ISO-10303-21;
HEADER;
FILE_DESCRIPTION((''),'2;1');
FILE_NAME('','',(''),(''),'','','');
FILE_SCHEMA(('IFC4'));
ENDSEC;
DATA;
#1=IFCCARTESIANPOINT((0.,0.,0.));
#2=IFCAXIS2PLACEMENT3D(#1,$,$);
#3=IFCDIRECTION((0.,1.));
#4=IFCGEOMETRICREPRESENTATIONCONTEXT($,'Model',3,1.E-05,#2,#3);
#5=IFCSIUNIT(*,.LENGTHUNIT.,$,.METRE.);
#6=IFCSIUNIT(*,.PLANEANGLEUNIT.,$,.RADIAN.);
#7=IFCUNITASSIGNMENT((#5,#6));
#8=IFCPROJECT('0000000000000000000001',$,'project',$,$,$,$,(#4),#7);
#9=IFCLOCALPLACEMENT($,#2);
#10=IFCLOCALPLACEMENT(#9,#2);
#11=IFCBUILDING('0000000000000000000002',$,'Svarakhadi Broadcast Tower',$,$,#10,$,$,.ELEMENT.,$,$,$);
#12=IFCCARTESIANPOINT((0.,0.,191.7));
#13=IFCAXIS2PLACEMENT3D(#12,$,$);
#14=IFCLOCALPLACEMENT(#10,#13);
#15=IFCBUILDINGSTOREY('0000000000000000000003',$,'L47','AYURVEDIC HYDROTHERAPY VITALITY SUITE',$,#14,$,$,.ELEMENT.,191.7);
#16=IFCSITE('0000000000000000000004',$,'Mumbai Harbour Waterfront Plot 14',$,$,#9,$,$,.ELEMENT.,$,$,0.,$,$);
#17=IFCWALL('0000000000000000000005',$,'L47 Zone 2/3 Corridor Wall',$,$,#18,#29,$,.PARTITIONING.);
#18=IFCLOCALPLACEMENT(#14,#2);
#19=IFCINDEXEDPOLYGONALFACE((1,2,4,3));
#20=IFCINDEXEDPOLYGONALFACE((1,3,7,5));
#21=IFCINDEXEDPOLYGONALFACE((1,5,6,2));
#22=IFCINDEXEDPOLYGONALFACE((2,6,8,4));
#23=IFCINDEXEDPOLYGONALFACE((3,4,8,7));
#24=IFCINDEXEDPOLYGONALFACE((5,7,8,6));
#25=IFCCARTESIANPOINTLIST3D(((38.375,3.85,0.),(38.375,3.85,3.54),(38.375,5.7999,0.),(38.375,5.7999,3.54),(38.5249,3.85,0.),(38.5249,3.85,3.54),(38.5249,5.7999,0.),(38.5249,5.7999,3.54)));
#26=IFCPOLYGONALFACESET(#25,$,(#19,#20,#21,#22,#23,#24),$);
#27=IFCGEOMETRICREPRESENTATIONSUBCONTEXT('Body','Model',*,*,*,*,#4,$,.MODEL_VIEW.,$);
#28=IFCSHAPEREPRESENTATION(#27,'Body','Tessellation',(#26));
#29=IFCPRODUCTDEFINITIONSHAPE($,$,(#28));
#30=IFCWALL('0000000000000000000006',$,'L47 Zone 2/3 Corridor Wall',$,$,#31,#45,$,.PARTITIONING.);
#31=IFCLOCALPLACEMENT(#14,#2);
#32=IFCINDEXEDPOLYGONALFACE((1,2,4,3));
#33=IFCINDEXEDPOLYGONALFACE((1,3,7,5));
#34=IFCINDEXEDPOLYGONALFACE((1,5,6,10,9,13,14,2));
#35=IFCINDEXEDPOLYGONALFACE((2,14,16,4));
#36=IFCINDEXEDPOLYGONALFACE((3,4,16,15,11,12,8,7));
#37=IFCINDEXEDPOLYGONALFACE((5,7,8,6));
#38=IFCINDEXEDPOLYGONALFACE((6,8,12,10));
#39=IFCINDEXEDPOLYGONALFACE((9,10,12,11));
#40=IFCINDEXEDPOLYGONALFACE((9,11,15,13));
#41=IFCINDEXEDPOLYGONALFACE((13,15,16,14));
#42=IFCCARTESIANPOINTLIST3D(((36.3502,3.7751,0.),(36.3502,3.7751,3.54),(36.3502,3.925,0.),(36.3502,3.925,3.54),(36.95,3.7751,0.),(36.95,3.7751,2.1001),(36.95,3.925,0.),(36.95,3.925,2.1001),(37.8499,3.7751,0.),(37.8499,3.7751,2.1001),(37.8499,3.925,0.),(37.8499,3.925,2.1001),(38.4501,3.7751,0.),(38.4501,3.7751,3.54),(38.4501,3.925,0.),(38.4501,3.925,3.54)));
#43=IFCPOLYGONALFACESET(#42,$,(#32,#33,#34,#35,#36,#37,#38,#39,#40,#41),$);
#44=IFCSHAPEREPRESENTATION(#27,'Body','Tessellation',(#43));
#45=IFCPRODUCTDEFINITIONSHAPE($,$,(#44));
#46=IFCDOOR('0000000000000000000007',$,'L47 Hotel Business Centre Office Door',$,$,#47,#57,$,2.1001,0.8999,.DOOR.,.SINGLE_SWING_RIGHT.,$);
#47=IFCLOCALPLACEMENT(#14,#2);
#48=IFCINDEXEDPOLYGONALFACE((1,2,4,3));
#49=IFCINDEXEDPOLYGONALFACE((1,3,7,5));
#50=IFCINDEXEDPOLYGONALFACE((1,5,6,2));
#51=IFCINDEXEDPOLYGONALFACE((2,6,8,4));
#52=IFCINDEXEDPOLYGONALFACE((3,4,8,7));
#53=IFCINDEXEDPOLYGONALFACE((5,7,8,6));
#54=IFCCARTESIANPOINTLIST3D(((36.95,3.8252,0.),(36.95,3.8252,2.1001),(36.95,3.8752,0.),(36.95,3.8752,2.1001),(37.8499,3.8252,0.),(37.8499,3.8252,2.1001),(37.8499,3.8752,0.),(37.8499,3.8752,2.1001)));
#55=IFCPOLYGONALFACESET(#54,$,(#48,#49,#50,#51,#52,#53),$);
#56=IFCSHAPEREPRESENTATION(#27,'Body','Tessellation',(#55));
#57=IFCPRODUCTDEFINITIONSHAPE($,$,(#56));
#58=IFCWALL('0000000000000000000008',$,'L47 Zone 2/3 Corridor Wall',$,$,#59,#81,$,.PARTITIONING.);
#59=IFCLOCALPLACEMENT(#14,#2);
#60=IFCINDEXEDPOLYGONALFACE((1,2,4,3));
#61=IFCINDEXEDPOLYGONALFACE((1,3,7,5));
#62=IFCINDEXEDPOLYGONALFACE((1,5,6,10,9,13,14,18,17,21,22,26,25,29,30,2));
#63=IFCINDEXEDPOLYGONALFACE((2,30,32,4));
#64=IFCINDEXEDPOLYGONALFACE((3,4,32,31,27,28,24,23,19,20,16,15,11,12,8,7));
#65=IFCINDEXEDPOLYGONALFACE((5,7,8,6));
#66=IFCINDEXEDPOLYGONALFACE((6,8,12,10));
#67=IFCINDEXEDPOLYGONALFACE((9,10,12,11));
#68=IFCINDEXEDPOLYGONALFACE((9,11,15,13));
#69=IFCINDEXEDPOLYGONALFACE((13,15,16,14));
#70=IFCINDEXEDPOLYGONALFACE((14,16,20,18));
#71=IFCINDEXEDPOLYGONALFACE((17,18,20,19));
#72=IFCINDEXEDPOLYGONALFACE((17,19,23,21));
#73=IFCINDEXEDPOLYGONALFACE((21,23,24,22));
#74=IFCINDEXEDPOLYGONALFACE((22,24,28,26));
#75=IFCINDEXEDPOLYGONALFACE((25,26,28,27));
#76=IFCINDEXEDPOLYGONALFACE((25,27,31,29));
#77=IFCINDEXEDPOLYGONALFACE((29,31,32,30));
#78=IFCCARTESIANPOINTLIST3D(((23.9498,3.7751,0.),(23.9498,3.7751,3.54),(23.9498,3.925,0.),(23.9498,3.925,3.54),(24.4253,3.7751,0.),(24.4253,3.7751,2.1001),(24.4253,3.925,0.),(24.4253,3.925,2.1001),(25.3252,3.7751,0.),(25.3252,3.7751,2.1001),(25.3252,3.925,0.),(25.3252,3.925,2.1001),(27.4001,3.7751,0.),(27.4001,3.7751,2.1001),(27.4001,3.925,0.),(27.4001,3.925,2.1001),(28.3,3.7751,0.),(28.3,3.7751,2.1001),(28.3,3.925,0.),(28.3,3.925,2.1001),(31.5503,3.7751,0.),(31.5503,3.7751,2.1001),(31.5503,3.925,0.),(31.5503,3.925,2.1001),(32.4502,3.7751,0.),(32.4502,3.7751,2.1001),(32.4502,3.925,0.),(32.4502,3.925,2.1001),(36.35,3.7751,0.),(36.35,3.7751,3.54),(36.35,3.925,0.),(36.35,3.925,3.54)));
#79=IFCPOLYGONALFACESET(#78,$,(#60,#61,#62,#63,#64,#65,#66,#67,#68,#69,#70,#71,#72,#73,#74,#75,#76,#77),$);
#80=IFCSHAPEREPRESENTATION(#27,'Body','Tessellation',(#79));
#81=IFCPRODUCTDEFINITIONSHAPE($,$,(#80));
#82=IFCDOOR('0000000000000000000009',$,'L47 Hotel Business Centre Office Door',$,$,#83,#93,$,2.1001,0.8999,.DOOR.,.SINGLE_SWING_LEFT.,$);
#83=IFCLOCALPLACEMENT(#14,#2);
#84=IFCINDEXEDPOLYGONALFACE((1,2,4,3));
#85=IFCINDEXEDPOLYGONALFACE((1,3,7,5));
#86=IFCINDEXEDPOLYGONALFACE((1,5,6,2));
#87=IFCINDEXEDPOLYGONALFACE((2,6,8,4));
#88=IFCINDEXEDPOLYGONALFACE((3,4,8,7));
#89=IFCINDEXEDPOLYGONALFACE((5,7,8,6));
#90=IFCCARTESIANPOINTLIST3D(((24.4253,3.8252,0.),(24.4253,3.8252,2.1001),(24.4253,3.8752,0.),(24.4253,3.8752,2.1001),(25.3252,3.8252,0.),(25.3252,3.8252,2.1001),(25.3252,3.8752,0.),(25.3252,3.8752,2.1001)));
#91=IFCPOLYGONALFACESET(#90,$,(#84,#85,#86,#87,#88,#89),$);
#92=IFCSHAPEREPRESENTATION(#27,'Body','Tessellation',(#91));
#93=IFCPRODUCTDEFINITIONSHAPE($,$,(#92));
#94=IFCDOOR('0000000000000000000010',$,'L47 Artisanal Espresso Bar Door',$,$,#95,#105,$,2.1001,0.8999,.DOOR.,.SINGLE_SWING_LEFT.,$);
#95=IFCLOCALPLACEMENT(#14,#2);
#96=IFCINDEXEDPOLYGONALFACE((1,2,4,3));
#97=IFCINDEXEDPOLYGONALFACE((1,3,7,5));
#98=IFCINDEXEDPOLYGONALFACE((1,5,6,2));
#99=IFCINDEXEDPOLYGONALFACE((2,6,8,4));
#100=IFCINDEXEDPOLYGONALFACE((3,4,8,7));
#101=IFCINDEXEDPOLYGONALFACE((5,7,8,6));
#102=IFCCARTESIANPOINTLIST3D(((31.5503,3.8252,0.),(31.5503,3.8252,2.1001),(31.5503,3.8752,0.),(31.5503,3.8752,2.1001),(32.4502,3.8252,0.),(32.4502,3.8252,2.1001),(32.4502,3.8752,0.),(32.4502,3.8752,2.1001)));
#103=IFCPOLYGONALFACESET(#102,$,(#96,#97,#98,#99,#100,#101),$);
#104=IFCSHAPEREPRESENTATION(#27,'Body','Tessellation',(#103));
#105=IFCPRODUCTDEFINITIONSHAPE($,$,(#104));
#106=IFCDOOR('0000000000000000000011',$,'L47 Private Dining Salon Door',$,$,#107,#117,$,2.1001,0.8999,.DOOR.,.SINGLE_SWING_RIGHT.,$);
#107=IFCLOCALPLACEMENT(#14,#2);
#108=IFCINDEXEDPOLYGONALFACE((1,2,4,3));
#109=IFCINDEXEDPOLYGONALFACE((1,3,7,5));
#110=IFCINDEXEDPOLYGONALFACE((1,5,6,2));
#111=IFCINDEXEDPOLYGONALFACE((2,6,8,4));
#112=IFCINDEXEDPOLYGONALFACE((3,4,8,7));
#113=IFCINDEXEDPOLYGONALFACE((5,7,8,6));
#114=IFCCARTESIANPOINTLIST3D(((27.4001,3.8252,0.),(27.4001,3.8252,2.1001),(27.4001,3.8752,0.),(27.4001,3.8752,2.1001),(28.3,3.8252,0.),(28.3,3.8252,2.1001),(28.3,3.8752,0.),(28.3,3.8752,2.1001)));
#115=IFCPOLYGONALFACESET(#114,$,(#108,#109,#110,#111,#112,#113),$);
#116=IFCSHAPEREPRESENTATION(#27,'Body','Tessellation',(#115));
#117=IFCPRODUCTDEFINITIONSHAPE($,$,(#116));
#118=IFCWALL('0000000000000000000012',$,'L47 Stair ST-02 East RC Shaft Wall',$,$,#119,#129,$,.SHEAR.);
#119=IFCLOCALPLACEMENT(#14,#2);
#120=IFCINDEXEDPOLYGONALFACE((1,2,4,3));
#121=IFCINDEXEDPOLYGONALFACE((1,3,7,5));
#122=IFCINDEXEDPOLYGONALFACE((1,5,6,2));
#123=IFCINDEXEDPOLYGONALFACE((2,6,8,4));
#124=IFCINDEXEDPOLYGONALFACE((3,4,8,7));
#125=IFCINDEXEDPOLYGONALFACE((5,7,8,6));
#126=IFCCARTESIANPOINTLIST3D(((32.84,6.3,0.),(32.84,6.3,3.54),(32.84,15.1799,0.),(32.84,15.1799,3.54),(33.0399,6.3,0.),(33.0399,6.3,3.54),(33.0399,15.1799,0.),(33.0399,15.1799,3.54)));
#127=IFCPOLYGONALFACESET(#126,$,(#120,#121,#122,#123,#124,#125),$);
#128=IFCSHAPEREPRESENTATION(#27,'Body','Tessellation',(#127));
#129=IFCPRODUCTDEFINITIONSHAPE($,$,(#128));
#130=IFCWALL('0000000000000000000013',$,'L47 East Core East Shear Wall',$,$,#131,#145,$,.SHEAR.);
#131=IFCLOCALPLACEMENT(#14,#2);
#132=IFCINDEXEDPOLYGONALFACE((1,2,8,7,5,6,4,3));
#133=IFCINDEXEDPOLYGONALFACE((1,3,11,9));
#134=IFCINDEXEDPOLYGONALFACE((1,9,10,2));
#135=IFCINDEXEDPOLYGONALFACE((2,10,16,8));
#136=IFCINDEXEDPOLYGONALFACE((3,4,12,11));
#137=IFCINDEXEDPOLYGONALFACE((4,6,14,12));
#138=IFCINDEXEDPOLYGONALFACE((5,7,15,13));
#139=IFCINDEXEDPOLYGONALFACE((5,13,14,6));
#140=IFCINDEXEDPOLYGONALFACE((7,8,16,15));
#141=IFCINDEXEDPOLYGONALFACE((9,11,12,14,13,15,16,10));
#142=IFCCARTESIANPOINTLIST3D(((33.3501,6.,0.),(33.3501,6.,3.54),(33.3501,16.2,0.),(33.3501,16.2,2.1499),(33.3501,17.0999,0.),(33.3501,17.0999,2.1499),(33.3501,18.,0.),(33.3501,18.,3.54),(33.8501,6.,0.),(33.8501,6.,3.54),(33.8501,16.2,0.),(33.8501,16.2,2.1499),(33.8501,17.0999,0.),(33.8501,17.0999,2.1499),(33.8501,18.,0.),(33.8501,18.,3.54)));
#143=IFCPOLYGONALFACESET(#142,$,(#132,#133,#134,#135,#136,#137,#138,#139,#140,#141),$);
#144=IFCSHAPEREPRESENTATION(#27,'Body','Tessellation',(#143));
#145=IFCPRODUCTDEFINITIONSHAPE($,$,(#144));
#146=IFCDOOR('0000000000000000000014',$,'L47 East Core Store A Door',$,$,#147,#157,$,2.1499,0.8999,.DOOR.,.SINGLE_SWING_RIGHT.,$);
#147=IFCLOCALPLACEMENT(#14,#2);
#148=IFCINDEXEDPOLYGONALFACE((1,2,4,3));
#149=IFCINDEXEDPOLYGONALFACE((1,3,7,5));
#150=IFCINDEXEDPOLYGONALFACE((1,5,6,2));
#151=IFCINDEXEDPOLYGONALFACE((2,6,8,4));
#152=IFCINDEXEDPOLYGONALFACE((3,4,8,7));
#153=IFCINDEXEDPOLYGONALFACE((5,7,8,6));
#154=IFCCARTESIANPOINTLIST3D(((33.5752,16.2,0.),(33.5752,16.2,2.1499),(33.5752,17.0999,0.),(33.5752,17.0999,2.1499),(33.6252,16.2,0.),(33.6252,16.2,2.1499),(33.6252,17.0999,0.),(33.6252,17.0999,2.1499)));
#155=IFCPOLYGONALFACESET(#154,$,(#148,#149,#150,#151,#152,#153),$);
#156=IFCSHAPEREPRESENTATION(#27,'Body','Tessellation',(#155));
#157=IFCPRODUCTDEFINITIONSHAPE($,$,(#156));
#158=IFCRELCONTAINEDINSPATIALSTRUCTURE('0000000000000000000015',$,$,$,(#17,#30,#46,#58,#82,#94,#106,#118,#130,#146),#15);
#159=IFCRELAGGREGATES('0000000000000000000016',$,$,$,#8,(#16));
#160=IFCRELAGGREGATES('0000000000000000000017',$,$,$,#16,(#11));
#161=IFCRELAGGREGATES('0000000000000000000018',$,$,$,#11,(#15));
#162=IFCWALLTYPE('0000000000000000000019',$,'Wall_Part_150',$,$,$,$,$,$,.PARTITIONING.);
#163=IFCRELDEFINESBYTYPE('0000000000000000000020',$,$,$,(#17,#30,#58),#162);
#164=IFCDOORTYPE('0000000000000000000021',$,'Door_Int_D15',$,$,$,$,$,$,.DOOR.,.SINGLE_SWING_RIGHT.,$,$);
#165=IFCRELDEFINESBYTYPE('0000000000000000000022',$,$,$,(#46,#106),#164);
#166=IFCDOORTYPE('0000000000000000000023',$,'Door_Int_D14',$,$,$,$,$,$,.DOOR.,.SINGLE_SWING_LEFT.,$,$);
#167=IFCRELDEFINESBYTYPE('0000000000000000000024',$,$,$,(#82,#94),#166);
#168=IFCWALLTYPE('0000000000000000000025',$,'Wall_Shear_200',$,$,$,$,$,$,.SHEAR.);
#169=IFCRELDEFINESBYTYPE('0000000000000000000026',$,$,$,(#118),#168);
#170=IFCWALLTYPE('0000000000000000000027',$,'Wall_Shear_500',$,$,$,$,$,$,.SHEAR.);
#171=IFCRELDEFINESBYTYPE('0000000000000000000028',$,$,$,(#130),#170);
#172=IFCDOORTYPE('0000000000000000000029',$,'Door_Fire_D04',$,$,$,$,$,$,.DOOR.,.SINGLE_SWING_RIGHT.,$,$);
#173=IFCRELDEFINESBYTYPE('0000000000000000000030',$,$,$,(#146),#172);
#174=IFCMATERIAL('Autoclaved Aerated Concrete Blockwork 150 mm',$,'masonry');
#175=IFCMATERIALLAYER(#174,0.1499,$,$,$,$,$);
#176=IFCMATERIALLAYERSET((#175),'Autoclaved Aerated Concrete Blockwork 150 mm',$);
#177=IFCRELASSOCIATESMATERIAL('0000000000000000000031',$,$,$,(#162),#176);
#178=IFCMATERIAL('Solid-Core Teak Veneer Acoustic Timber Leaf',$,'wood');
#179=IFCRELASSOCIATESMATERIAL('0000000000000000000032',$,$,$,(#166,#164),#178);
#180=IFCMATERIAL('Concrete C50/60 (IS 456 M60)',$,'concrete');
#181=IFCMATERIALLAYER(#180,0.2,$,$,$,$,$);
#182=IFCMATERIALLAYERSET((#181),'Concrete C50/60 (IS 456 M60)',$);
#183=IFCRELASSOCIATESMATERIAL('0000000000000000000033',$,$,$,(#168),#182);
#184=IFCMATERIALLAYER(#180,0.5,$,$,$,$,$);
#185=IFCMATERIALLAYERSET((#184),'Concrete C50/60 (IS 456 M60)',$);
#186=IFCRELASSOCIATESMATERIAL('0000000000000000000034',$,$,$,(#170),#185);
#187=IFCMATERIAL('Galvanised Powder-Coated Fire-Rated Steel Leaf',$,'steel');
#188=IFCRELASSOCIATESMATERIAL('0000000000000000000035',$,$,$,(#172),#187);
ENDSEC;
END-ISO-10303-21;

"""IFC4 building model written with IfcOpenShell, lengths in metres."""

from ifc_helpers import new_model, si_unit, direction, frame, frame_2d, origin, place, context, subcontext, project, spatial, rectangle, extrude, material, layer, layer_set, type_object, element, fill, save


model = new_model("IFC4")

# Units and contexts
model_context = context("Model", 3, precision=1e-05, world=origin(), true_north=direction((0.0, 1.0)))
body_context = subcontext(model_context, "Body", "Model", "MODEL_VIEW")
ifc_project = project(units=[si_unit("LENGTHUNIT", "METRE"), si_unit("PLANEANGLEUNIT", "RADIAN")], contexts=[model_context])

# Site, building, storey
site_placement = place(None, origin())
site = spatial("IfcSite", under=ifc_project, at=site_placement, Name="Mumbai Harbour Waterfront Plot 14", CompositionType="ELEMENT", RefElevation=0.0)
building_placement = place(site_placement, origin())
building = spatial("IfcBuilding", under=site, at=building_placement, Name="Svarakhadi Broadcast Tower", CompositionType="ELEMENT")
storey_placement = place(building_placement, frame((0.0, 0.0, 191.7)))
storey = spatial("IfcBuildingStorey", under=building, at=storey_placement, Name="L47", Description="AYURVEDIC HYDROTHERAPY VITALITY SUITE", CompositionType="ELEMENT", Elevation=191.7)

# Shared definitions
ifc_material_1 = material(Name="Concrete C50/60 (IS 456 M60)", Category="concrete")

# Shared definitions
ifc_material_2 = material(Name="Autoclaved Aerated Concrete Blockwork 150 mm", Category="masonry")
ifc_layer_1 = layer(ifc_material_2, 0.1499)
ifc_layer_set_1 = layer_set([ifc_layer_1], Name="Autoclaved Aerated Concrete Blockwork 150 mm")
wall_type_1 = type_object("IfcWallType", Name="Wall_Part_150", PredefinedType="PARTITIONING", material=ifc_layer_set_1)
ifc_material_3 = material(Name="Solid-Core Teak Veneer Acoustic Timber Leaf", Category="wood")
door_type_1 = type_object("IfcDoorType", Name="Door_Int_D14", OperationType="SINGLE_SWING_LEFT", PredefinedType="DOOR", material=ifc_material_3)

# Wall
wall_1_placement = place(storey_placement, frame((38.45, 5.8, 0.0), z_axis=(0.0, 0.0, 1.0), x_axis=(0.0, -1.0, 0.0)))
element("IfcWall", 1, at=wall_1_placement, inside=storey, type_object=wall_type_1, Name="L47 Zone 2/3 Corridor Wall", PredefinedType="PARTITIONING", context=body_context, shape_type="SweptSolid", body=[
    extrude(rectangle(XDim=1.95, YDim=0.1499, at=frame_2d((0.9751, 0.0))), origin(), (0.0, 0.0, 1.0), 3.54),
])

# Wall, opening, door
wall_2_placement = place(storey_placement, frame((38.45, 3.8501, 0.0), z_axis=(0.0, 0.0, 1.0), x_axis=(-1.0, 0.0, 0.0)))
wall_2 = element("IfcWall", 2, at=wall_2_placement, inside=storey, type_object=wall_type_1, Name="L47 Zone 2/3 Corridor Wall", PredefinedType="PARTITIONING", context=body_context, shape_type="SweptSolid", body=[
    extrude(rectangle(XDim=2.0999, YDim=0.1499, at=frame_2d((1.0498, 0.0))), origin(), (0.0, 0.0, 1.0), 3.54),
])
opening_1_placement = place(wall_2_placement, frame((0.6001, 0.0, 0.0)))
opening_1 = element("IfcOpeningElement", 3, at=opening_1_placement, cuts=wall_2, PredefinedType="OPENING", context=body_context, shape_type="SweptSolid", body=[
    extrude(rectangle(XDim=0.8999, YDim=2.1001, at=frame_2d((0.45, 1.05))), frame((0.0, 0.085, 0.0), z_axis=(0.0, -1.0, 0.0), x_axis=(1.0, 0.0, 0.0)), (0.0, 0.0, 1.0), 0.1699),
])
door_type_2 = type_object("IfcDoorType", Name="Door_Int_D15", OperationType="SINGLE_SWING_RIGHT", PredefinedType="DOOR", material=ifc_material_3)
door_1_placement = place(opening_1_placement, origin())
door_1 = element("IfcDoor", 4, at=door_1_placement, inside=storey, type_object=door_type_2, Name="L47 Hotel Business Centre Office Door", OperationType="SINGLE_SWING_RIGHT", OverallHeight=2.1001, OverallWidth=0.8999, PredefinedType="DOOR", context=body_context, shape_type="SweptSolid", body=[
    extrude(rectangle(XDim=0.8999, YDim=2.1001, at=frame_2d((0.45, 1.05))), frame((0.0, 0.0249, 0.0), z_axis=(0.0, -1.0, 0.0), x_axis=(1.0, 0.0, 0.0)), (0.0, 0.0, 1.0), 0.05),
])
fill(opening_1, door_1)

# Wall, openings, doors
wall_3_placement = place(storey_placement, frame((36.3501, 3.8501, 0.0), z_axis=(0.0, 0.0, 1.0), x_axis=(-1.0, 0.0, 0.0)))
wall_3 = element("IfcWall", 5, at=wall_3_placement, inside=storey, type_object=wall_type_1, Name="L47 Zone 2/3 Corridor Wall", PredefinedType="PARTITIONING", context=body_context, shape_type="SweptSolid", body=[
    extrude(rectangle(XDim=12.4001, YDim=0.1499, at=frame_2d((6.2002, 0.0))), origin(), (0.0, 0.0, 1.0), 3.54),
])
opening_2_placement = place(wall_3_placement, frame((11.0249, 0.0, 0.0)))
opening_2 = element("IfcOpeningElement", 6, at=opening_2_placement, cuts=wall_3, PredefinedType="OPENING", context=body_context, shape_type="SweptSolid", body=[
    extrude(rectangle(XDim=0.8999, YDim=2.1001, at=frame_2d((0.45, 1.05))), frame((0.0, 0.085, 0.0), z_axis=(0.0, -1.0, 0.0), x_axis=(1.0, 0.0, 0.0)), (0.0, 0.0, 1.0), 0.1699),
])
opening_3_placement = place(wall_3_placement, frame((8.05, 0.0, 0.0)))
opening_3 = element("IfcOpeningElement", 7, at=opening_3_placement, cuts=wall_3, PredefinedType="OPENING", context=body_context, shape_type="SweptSolid", body=[
    extrude(rectangle(XDim=0.8999, YDim=2.1001, at=frame_2d((0.45, 1.05))), frame((0.0, 0.085, 0.0), z_axis=(0.0, -1.0, 0.0), x_axis=(1.0, 0.0, 0.0)), (0.0, 0.0, 1.0), 0.1699),
])
opening_4_placement = place(wall_3_placement, frame((3.8999, 0.0, 0.0)))
opening_4 = element("IfcOpeningElement", 8, at=opening_4_placement, cuts=wall_3, PredefinedType="OPENING", context=body_context, shape_type="SweptSolid", body=[
    extrude(rectangle(XDim=0.8999, YDim=2.1001, at=frame_2d((0.45, 1.05))), frame((0.0, 0.085, 0.0), z_axis=(0.0, -1.0, 0.0), x_axis=(1.0, 0.0, 0.0)), (0.0, 0.0, 1.0), 0.1699),
])
door_2_placement = place(opening_2_placement, origin())
door_2 = element("IfcDoor", 9, at=door_2_placement, inside=storey, type_object=door_type_1, Name="L47 Hotel Business Centre Office Door", OperationType="SINGLE_SWING_LEFT", OverallHeight=2.1001, OverallWidth=0.8999, PredefinedType="DOOR", context=body_context, shape_type="SweptSolid", body=[
    extrude(rectangle(XDim=0.8999, YDim=2.1001, at=frame_2d((0.45, 1.05))), frame((0.0, 0.0249, 0.0), z_axis=(0.0, -1.0, 0.0), x_axis=(1.0, 0.0, 0.0)), (0.0, 0.0, 1.0), 0.05),
])
fill(opening_2, door_2)
door_3_placement = place(opening_4_placement, origin())
door_3 = element("IfcDoor", 10, at=door_3_placement, inside=storey, type_object=door_type_1, Name="L47 Artisanal Espresso Bar Door", OperationType="SINGLE_SWING_LEFT", OverallHeight=2.1001, OverallWidth=0.8999, PredefinedType="DOOR", context=body_context, shape_type="SweptSolid", body=[
    extrude(rectangle(XDim=0.8999, YDim=2.1001, at=frame_2d((0.45, 1.05))), frame((0.0, 0.0249, 0.0), z_axis=(0.0, -1.0, 0.0), x_axis=(1.0, 0.0, 0.0)), (0.0, 0.0, 1.0), 0.05),
])
fill(opening_4, door_3)
door_4_placement = place(opening_3_placement, origin())
door_4 = element("IfcDoor", 11, at=door_4_placement, inside=storey, type_object=door_type_2, Name="L47 Private Dining Salon Door", OperationType="SINGLE_SWING_RIGHT", OverallHeight=2.1001, OverallWidth=0.8999, PredefinedType="DOOR", context=body_context, shape_type="SweptSolid", body=[
    extrude(rectangle(XDim=0.8999, YDim=2.1001, at=frame_2d((0.45, 1.05))), frame((0.0, 0.0249, 0.0), z_axis=(0.0, -1.0, 0.0), x_axis=(1.0, 0.0, 0.0)), (0.0, 0.0, 1.0), 0.05),
])
fill(opening_3, door_4)

# Wall
ifc_layer_2 = layer(ifc_material_1, 0.2)
ifc_layer_set_2 = layer_set([ifc_layer_2], Name="Concrete C50/60 (IS 456 M60)")
wall_type_2 = type_object("IfcWallType", Name="Wall_Shear_200", PredefinedType="SHEAR", material=ifc_layer_set_2)
wall_4_placement = place(storey_placement, frame((32.9399, 6.3, 0.0), z_axis=(0.0, 0.0, 1.0), x_axis=(0.0, 1.0, 0.0)))
element("IfcWall", 12, at=wall_4_placement, inside=storey, type_object=wall_type_2, Name="L47 Stair ST-02 East RC Shaft Wall", PredefinedType="SHEAR", context=body_context, shape_type="SweptSolid", body=[
    extrude(rectangle(XDim=8.8799, YDim=0.2, at=frame_2d((4.4399, 0.0))), origin(), (0.0, 0.0, 1.0), 3.54),
])

# Wall, opening, door
ifc_layer_3 = layer(ifc_material_1, 0.5)
ifc_layer_set_3 = layer_set([ifc_layer_3], Name="Concrete C50/60 (IS 456 M60)")
wall_type_3 = type_object("IfcWallType", Name="Wall_Shear_500", PredefinedType="SHEAR", material=ifc_layer_set_3)
wall_5_placement = place(storey_placement, frame((33.6001, 6.0, 0.0), z_axis=(0.0, 0.0, 1.0), x_axis=(0.0, 1.0, 0.0)))
wall_5 = element("IfcWall", 13, at=wall_5_placement, inside=storey, type_object=wall_type_3, Name="L47 East Core East Shear Wall", PredefinedType="SHEAR", context=body_context, shape_type="SweptSolid", body=[
    extrude(rectangle(XDim=12.0, YDim=0.5, at=frame_2d((6.0, 0.0))), origin(), (0.0, 0.0, 1.0), 3.54),
])
opening_5_placement = place(wall_5_placement, frame((10.2, 0.0, 0.0)))
opening_5 = element("IfcOpeningElement", 14, at=opening_5_placement, cuts=wall_5, PredefinedType="OPENING", context=body_context, shape_type="SweptSolid", body=[
    extrude(rectangle(XDim=0.8999, YDim=2.1499, at=frame_2d((0.45, 1.075))), frame((0.0, 0.26, 0.0), z_axis=(0.0, -1.0, 0.0), x_axis=(1.0, 0.0, 0.0)), (0.0, 0.0, 1.0), 0.52),
])
ifc_material_4 = material(Name="Galvanised Powder-Coated Fire-Rated Steel Leaf", Category="steel")
door_type_3 = type_object("IfcDoorType", Name="Door_Fire_D04", OperationType="SINGLE_SWING_RIGHT", PredefinedType="DOOR", material=ifc_material_4)
door_5_placement = place(opening_5_placement, origin())
door_5 = element("IfcDoor", 15, at=door_5_placement, inside=storey, type_object=door_type_3, Name="L47 East Core Store A Door", OperationType="SINGLE_SWING_RIGHT", OverallHeight=2.1499, OverallWidth=0.8999, PredefinedType="DOOR", context=body_context, shape_type="SweptSolid", body=[
    extrude(rectangle(XDim=0.8999, YDim=2.1499, at=frame_2d((0.45, 1.075))), frame((0.0, 0.0249, 0.0), z_axis=(0.0, -1.0, 0.0), x_axis=(1.0, 0.0, 0.0)), (0.0, 0.0, 1.0), 0.05),
])
fill(opening_5, door_5)

save(model, "model.ifc")
